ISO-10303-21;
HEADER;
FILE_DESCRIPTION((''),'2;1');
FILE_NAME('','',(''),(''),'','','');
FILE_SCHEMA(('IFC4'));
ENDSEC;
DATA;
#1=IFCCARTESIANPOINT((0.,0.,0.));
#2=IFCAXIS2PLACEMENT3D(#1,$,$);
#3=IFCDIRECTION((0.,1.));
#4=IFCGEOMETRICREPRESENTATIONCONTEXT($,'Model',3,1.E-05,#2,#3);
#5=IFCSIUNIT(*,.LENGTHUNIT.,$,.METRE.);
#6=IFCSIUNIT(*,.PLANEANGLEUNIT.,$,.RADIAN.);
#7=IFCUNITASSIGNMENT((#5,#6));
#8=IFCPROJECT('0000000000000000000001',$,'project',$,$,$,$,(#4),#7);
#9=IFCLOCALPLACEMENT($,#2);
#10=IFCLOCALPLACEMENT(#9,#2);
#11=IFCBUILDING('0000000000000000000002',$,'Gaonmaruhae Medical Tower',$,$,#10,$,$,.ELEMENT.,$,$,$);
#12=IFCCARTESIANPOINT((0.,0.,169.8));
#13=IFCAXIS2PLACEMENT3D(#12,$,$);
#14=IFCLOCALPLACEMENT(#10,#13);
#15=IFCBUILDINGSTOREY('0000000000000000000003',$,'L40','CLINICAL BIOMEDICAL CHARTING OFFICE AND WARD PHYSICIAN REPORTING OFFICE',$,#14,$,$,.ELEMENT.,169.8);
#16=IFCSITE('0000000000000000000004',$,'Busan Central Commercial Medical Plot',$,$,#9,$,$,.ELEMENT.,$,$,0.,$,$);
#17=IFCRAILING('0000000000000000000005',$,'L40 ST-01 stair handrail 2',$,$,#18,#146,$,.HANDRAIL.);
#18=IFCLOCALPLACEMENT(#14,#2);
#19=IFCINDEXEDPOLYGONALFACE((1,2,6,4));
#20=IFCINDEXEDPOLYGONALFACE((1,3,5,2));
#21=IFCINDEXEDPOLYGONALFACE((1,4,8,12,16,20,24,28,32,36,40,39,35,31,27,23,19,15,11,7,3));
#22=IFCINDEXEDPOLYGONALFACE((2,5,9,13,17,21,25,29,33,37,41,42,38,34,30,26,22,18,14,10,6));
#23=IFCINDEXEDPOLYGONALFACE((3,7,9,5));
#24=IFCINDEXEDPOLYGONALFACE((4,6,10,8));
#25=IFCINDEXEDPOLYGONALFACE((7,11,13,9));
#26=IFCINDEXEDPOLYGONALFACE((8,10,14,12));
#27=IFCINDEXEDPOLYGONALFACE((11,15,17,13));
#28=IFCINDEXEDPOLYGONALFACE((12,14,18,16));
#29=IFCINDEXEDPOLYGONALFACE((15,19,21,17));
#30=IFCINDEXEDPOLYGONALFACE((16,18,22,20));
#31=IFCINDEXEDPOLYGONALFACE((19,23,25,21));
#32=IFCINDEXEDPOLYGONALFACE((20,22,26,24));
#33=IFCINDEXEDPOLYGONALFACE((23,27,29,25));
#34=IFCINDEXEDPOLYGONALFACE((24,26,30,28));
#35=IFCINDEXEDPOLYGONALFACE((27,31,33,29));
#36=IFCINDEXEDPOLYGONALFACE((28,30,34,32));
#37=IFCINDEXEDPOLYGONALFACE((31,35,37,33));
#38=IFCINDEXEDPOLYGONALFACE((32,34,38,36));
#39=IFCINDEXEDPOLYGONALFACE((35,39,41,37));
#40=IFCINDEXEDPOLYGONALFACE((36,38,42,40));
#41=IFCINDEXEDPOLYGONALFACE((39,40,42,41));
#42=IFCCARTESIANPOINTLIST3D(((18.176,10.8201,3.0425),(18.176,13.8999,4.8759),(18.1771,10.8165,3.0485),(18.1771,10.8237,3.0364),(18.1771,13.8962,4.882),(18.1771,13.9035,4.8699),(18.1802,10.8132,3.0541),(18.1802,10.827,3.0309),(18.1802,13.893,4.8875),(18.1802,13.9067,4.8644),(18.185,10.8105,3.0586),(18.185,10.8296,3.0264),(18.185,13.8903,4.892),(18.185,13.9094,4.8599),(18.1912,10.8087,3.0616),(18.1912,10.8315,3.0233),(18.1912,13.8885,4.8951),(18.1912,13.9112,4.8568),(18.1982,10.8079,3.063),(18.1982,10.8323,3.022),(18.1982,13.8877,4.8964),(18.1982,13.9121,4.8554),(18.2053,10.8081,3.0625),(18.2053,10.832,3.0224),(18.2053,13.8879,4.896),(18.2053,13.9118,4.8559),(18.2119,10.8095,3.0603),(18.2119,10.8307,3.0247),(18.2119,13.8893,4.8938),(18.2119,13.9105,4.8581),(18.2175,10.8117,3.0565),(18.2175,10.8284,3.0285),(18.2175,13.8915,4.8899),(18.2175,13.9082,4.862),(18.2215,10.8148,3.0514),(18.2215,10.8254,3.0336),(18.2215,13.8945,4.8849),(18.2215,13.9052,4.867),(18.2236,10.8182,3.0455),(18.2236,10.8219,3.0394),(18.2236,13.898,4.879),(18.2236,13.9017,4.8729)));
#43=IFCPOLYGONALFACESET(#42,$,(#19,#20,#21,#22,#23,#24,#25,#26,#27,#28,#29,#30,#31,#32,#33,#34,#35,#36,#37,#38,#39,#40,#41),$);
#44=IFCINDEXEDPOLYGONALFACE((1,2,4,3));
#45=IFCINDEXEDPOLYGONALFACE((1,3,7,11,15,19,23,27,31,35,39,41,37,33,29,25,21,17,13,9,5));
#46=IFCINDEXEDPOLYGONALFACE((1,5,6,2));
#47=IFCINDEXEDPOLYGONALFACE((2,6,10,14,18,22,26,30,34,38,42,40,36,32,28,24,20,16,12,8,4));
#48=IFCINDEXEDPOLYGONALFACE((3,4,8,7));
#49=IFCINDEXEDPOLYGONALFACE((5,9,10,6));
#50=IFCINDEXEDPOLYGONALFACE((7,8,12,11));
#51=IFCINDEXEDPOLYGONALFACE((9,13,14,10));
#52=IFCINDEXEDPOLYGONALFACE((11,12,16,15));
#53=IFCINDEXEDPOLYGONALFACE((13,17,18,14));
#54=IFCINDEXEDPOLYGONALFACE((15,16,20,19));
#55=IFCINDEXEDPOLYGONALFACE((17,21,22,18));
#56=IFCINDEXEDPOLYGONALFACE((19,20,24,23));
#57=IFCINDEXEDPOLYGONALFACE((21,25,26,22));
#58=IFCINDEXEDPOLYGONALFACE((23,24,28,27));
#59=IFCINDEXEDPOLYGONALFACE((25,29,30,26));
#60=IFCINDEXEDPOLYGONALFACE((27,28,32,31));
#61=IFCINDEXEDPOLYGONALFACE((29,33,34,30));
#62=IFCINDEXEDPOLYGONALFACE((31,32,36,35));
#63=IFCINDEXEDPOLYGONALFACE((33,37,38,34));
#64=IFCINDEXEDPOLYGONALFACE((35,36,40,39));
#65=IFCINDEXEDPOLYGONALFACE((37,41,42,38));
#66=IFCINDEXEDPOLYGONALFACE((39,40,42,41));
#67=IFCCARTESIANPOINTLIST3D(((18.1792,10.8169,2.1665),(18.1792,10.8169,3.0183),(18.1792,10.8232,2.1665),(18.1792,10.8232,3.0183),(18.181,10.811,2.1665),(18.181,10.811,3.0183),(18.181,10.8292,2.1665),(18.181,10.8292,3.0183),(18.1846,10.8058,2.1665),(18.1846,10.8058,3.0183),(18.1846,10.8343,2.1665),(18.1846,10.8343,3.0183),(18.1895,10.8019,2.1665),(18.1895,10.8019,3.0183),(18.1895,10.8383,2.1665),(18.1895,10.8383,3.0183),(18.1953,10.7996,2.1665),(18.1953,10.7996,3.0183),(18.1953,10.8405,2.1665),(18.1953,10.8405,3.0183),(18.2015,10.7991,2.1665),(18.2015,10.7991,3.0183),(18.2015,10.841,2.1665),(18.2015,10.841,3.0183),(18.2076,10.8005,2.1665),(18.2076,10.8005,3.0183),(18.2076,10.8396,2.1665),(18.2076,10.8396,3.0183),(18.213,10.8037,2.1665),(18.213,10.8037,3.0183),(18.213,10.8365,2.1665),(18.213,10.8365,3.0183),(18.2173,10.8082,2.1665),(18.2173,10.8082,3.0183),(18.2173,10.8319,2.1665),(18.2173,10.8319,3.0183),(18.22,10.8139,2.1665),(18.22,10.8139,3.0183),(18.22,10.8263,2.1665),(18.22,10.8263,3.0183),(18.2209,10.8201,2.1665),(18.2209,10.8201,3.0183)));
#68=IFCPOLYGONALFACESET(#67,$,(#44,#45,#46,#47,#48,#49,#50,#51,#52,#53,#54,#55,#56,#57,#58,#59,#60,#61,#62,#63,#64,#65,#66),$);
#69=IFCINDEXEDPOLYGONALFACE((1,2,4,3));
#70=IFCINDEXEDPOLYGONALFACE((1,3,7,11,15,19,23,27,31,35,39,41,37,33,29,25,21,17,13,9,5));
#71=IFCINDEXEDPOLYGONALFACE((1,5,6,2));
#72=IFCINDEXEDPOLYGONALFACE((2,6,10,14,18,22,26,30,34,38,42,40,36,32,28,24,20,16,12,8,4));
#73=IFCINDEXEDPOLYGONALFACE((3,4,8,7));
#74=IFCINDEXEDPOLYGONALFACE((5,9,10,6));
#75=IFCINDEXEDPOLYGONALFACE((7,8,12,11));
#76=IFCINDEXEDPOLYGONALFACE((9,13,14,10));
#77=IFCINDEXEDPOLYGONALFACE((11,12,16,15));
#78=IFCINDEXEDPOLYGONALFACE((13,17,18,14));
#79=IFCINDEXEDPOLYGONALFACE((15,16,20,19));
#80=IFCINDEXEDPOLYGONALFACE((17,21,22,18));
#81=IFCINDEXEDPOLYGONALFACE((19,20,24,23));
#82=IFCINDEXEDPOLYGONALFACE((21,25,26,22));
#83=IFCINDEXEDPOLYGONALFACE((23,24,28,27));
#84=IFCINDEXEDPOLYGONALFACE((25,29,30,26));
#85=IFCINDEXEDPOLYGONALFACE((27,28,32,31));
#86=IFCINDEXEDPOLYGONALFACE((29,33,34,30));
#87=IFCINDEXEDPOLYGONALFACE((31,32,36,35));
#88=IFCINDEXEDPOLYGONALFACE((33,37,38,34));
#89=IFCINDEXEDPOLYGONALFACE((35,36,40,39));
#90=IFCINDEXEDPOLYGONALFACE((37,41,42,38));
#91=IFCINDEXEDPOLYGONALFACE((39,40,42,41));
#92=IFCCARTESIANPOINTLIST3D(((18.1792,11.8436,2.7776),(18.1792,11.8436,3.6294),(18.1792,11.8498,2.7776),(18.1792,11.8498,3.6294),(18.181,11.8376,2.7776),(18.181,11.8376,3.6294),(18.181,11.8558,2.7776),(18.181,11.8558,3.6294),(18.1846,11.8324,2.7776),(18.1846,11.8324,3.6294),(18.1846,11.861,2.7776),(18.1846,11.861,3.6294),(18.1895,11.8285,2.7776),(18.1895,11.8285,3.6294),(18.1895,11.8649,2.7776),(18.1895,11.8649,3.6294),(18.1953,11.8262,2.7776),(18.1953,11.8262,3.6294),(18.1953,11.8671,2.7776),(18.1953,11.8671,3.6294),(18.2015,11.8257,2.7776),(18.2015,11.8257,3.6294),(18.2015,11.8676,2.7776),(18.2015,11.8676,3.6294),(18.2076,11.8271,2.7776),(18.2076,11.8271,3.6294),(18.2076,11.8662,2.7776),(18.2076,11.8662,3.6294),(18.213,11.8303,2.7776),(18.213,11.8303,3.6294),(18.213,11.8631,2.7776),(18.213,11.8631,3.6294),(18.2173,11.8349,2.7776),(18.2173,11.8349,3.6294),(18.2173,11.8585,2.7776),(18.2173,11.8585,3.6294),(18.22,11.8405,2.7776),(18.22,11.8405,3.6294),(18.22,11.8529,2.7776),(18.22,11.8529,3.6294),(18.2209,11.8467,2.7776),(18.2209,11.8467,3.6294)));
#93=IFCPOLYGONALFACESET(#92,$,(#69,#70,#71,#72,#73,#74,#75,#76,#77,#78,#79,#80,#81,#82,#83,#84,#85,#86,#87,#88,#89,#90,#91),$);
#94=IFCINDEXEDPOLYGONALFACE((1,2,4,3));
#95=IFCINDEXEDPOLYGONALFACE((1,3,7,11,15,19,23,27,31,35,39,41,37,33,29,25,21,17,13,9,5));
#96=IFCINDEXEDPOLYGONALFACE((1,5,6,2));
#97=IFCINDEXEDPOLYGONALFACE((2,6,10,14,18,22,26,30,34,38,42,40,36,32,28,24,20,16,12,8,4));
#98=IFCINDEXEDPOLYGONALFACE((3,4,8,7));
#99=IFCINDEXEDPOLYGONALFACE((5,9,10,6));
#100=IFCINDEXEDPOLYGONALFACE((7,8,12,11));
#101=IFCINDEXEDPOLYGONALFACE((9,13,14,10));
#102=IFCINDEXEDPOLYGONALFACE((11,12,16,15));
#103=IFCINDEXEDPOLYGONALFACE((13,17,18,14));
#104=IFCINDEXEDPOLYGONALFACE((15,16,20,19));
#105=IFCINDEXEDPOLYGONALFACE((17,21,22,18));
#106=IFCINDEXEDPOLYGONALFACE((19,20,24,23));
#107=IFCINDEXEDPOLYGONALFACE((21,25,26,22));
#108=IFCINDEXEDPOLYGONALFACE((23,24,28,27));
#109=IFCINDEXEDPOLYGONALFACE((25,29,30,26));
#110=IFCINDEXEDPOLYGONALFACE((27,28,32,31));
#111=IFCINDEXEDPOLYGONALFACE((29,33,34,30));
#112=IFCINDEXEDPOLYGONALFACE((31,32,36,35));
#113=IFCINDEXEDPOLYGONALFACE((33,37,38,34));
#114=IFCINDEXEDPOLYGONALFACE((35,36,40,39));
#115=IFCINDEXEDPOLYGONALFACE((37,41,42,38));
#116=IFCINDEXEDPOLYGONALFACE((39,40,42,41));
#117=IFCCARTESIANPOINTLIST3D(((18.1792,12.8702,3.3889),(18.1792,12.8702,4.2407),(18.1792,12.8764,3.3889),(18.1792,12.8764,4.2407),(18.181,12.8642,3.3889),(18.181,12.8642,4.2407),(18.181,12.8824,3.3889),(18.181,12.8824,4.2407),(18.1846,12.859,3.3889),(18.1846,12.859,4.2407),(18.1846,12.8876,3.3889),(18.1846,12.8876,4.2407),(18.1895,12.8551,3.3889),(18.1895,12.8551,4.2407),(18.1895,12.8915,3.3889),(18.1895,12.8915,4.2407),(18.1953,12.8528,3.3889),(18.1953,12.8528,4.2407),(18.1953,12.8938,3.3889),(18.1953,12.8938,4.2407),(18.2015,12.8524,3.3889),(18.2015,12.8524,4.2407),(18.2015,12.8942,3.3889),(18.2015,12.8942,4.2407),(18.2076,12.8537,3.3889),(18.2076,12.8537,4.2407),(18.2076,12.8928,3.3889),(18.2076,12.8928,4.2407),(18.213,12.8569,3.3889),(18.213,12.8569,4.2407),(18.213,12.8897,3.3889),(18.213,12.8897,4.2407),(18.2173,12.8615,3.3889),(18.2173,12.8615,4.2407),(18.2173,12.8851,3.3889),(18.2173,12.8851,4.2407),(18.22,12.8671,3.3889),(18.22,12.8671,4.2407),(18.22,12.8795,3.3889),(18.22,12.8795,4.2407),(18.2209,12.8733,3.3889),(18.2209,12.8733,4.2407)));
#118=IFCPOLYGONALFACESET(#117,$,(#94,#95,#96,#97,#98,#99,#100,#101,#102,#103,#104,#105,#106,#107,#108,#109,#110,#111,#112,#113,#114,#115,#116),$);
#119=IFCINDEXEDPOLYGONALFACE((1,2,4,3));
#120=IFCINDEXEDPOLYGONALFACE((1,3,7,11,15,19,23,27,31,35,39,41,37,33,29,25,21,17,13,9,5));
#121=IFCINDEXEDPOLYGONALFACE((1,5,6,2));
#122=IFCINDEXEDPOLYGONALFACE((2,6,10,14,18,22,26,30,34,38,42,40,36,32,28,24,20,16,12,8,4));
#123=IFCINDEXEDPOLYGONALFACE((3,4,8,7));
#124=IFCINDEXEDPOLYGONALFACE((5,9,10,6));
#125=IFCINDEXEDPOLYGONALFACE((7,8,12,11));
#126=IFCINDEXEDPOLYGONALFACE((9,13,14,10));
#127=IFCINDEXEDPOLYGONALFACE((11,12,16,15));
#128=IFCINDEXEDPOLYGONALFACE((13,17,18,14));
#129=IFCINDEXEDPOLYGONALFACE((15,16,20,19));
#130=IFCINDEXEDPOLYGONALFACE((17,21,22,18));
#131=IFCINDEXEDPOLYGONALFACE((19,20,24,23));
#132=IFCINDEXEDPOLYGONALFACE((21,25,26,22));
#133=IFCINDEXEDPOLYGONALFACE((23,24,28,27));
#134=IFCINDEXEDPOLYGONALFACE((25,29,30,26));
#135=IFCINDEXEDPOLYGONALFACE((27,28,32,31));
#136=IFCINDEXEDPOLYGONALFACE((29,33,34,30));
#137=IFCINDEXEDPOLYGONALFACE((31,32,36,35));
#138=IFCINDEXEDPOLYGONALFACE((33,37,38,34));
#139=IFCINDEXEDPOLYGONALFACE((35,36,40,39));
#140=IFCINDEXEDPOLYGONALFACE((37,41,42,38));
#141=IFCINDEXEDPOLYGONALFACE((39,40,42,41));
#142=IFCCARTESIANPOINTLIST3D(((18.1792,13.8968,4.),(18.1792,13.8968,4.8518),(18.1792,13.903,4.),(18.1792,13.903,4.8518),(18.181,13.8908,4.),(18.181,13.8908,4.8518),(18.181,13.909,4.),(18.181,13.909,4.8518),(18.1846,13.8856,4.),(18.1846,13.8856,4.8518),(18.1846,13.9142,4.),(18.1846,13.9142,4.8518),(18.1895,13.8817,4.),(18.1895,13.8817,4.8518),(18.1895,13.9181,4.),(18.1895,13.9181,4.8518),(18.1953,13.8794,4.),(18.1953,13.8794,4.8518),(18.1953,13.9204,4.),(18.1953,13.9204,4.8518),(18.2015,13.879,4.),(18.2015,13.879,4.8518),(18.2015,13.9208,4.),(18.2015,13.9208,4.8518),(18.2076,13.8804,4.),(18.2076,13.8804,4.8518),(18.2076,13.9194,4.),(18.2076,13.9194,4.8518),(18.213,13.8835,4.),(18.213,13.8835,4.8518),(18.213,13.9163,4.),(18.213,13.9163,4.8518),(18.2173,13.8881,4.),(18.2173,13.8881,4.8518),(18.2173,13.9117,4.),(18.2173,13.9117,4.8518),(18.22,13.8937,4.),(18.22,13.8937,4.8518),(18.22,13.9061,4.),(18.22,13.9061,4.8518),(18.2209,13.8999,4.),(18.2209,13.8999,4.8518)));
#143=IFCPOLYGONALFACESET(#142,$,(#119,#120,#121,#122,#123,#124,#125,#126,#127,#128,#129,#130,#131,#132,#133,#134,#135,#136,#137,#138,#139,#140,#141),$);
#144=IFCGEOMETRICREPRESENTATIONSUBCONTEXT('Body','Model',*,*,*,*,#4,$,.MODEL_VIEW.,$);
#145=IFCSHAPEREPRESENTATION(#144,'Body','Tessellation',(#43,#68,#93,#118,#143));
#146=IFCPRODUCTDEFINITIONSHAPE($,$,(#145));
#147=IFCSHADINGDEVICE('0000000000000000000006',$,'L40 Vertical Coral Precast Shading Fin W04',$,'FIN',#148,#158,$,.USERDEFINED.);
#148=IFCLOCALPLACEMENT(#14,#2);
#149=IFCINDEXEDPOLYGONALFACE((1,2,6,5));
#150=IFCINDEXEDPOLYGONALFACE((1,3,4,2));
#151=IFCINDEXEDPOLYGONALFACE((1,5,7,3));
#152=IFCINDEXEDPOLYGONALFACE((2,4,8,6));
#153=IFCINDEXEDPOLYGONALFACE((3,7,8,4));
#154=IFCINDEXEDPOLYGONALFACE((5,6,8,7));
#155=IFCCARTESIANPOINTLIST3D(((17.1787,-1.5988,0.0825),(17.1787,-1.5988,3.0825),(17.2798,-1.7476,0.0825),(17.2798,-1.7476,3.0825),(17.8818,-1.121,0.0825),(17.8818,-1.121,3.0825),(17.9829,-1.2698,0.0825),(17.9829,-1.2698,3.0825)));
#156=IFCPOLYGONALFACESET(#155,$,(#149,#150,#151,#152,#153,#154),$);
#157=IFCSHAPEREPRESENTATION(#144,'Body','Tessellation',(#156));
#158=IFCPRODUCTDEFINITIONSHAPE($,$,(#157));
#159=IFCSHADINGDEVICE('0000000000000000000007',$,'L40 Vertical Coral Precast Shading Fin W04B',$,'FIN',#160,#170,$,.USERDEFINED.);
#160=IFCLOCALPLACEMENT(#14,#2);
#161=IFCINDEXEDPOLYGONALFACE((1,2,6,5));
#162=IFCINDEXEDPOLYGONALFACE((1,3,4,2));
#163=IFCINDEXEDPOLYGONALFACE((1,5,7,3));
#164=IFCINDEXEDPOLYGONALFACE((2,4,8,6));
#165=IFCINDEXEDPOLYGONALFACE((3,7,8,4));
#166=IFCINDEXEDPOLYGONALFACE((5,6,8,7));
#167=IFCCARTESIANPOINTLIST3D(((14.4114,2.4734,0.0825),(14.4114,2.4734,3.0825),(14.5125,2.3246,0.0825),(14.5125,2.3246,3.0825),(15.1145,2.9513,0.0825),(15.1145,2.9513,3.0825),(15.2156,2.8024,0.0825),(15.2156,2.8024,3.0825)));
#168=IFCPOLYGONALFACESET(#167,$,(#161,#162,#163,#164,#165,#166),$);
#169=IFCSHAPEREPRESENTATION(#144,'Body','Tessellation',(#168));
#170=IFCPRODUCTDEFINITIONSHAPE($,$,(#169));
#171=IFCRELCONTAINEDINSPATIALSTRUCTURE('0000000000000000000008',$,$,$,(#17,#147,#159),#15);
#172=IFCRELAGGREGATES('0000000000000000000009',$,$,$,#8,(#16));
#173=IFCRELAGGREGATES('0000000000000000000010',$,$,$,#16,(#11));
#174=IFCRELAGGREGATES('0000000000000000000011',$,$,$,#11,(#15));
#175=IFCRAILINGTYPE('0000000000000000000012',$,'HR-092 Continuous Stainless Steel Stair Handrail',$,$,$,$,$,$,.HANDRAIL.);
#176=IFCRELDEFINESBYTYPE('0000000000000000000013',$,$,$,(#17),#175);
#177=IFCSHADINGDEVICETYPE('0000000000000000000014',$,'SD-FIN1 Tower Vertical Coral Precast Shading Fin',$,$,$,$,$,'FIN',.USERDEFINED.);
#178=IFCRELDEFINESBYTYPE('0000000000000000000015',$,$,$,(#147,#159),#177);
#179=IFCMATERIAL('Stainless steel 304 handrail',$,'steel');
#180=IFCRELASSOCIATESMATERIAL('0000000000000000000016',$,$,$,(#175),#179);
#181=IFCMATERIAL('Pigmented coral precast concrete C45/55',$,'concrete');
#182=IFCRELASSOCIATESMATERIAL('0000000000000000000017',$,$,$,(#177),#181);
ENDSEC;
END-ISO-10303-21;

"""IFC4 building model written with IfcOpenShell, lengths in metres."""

from ifc_helpers import new_model, si_unit, direction, frame, origin, origin_2d, place, context, subcontext, project, spatial, rectangle, circle, extrude, material, type_object, element, save


model = new_model("IFC4")

# Units and contexts
model_context = context("Model", 3, precision=1e-05, world=origin(), true_north=direction((0.0, 1.0)))
body_context = subcontext(model_context, "Body", "Model", "MODEL_VIEW")
ifc_project = project(units=[si_unit("LENGTHUNIT", "METRE"), si_unit("PLANEANGLEUNIT", "RADIAN")], contexts=[model_context])

# Site, building, storey
site_placement = place(None, origin())
site = spatial("IfcSite", under=ifc_project, at=site_placement, Name="Busan Central Commercial Medical Plot", CompositionType="ELEMENT", RefElevation=0.0)
building_placement = place(site_placement, origin())
building = spatial("IfcBuilding", under=site, at=building_placement, Name="Gaonmaruhae Medical Tower", CompositionType="ELEMENT")
storey_placement = place(building_placement, frame((0.0, 0.0, 169.8)))
storey = spatial("IfcBuildingStorey", under=building, at=storey_placement, Name="L40", Description="CLINICAL BIOMEDICAL CHARTING OFFICE AND WARD PHYSICIAN REPORTING OFFICE", CompositionType="ELEMENT", Elevation=169.8)

# Railing
ifc_material_1 = material(Name="Stainless steel 304 handrail", Category="steel")
railing_type_1 = type_object("IfcRailingType", Name="HR-092 Continuous Stainless Steel Stair Handrail", PredefinedType="HANDRAIL", material=ifc_material_1)
railing_1_placement = place(storey_placement, frame((18.2, 10.8201, 2.1665)))
element("IfcRailing", 1, at=railing_1_placement, inside=storey, type_object=railing_type_1, Name="L40 ST-01 stair handrail 2", PredefinedType="HANDRAIL", context=body_context, shape_type="SweptSolid", body=[
    extrude(circle(Radius=0.0239, at=origin_2d()), frame((0.0, 0.0, 0.876), z_axis=(0.0, 0.859261, 0.511538), x_axis=(-1.0, 0.0, 0.0)), (0.0, 0.0, 1.0), 3.5842),
    extrude(circle(Radius=0.021, at=origin_2d()), origin(), (0.0, 0.0, 1.0), 0.8518),
    extrude(circle(Radius=0.021, at=origin_2d()), frame((0.0, 1.0266, 0.6111)), (0.0, 0.0, 1.0), 0.8518),
    extrude(circle(Radius=0.021, at=origin_2d()), frame((0.0, 2.0532, 1.2224)), (0.0, 0.0, 1.0), 0.8518),
    extrude(circle(Radius=0.021, at=origin_2d()), frame((0.0, 3.0798, 1.8335)), (0.0, 0.0, 1.0), 0.8518),
])

# Shading devices
ifc_material_2 = material(Name="Pigmented coral precast concrete C45/55", Category="concrete")
shading_device_type = type_object("IfcShadingDeviceType", Name="SD-FIN1 Tower Vertical Coral Precast Shading Fin", ElementType="FIN", PredefinedType="USERDEFINED", material=ifc_material_2)
for number, where, z_axis, x_axis, name in (
    (2, (17.5808, -1.4343, 0.0825), (0.0, 0.0, 1.0), (-0.562083, 0.827081, 0.0), "L40 Vertical Coral Precast Shading Fin W04"),
    (3, (14.8135, 2.6379, 0.0825), (0.0, 0.0, 1.0), (-0.562083, 0.827081, 0.0), "L40 Vertical Coral Precast Shading Fin W04B"),
):
    element("IfcShadingDevice", number, at=place(storey_placement, frame(where, z_axis=z_axis, x_axis=x_axis)), inside=storey, type_object=shading_device_type, Name=name, ObjectType="FIN", PredefinedType="USERDEFINED", context=body_context, shape_type="SweptSolid", body=[
        extrude(rectangle(XDim=0.1799, YDim=0.8501, at=origin_2d()), origin(), (0.0, 0.0, 1.0), 3.0),
    ])

save(model, "model.ifc")
